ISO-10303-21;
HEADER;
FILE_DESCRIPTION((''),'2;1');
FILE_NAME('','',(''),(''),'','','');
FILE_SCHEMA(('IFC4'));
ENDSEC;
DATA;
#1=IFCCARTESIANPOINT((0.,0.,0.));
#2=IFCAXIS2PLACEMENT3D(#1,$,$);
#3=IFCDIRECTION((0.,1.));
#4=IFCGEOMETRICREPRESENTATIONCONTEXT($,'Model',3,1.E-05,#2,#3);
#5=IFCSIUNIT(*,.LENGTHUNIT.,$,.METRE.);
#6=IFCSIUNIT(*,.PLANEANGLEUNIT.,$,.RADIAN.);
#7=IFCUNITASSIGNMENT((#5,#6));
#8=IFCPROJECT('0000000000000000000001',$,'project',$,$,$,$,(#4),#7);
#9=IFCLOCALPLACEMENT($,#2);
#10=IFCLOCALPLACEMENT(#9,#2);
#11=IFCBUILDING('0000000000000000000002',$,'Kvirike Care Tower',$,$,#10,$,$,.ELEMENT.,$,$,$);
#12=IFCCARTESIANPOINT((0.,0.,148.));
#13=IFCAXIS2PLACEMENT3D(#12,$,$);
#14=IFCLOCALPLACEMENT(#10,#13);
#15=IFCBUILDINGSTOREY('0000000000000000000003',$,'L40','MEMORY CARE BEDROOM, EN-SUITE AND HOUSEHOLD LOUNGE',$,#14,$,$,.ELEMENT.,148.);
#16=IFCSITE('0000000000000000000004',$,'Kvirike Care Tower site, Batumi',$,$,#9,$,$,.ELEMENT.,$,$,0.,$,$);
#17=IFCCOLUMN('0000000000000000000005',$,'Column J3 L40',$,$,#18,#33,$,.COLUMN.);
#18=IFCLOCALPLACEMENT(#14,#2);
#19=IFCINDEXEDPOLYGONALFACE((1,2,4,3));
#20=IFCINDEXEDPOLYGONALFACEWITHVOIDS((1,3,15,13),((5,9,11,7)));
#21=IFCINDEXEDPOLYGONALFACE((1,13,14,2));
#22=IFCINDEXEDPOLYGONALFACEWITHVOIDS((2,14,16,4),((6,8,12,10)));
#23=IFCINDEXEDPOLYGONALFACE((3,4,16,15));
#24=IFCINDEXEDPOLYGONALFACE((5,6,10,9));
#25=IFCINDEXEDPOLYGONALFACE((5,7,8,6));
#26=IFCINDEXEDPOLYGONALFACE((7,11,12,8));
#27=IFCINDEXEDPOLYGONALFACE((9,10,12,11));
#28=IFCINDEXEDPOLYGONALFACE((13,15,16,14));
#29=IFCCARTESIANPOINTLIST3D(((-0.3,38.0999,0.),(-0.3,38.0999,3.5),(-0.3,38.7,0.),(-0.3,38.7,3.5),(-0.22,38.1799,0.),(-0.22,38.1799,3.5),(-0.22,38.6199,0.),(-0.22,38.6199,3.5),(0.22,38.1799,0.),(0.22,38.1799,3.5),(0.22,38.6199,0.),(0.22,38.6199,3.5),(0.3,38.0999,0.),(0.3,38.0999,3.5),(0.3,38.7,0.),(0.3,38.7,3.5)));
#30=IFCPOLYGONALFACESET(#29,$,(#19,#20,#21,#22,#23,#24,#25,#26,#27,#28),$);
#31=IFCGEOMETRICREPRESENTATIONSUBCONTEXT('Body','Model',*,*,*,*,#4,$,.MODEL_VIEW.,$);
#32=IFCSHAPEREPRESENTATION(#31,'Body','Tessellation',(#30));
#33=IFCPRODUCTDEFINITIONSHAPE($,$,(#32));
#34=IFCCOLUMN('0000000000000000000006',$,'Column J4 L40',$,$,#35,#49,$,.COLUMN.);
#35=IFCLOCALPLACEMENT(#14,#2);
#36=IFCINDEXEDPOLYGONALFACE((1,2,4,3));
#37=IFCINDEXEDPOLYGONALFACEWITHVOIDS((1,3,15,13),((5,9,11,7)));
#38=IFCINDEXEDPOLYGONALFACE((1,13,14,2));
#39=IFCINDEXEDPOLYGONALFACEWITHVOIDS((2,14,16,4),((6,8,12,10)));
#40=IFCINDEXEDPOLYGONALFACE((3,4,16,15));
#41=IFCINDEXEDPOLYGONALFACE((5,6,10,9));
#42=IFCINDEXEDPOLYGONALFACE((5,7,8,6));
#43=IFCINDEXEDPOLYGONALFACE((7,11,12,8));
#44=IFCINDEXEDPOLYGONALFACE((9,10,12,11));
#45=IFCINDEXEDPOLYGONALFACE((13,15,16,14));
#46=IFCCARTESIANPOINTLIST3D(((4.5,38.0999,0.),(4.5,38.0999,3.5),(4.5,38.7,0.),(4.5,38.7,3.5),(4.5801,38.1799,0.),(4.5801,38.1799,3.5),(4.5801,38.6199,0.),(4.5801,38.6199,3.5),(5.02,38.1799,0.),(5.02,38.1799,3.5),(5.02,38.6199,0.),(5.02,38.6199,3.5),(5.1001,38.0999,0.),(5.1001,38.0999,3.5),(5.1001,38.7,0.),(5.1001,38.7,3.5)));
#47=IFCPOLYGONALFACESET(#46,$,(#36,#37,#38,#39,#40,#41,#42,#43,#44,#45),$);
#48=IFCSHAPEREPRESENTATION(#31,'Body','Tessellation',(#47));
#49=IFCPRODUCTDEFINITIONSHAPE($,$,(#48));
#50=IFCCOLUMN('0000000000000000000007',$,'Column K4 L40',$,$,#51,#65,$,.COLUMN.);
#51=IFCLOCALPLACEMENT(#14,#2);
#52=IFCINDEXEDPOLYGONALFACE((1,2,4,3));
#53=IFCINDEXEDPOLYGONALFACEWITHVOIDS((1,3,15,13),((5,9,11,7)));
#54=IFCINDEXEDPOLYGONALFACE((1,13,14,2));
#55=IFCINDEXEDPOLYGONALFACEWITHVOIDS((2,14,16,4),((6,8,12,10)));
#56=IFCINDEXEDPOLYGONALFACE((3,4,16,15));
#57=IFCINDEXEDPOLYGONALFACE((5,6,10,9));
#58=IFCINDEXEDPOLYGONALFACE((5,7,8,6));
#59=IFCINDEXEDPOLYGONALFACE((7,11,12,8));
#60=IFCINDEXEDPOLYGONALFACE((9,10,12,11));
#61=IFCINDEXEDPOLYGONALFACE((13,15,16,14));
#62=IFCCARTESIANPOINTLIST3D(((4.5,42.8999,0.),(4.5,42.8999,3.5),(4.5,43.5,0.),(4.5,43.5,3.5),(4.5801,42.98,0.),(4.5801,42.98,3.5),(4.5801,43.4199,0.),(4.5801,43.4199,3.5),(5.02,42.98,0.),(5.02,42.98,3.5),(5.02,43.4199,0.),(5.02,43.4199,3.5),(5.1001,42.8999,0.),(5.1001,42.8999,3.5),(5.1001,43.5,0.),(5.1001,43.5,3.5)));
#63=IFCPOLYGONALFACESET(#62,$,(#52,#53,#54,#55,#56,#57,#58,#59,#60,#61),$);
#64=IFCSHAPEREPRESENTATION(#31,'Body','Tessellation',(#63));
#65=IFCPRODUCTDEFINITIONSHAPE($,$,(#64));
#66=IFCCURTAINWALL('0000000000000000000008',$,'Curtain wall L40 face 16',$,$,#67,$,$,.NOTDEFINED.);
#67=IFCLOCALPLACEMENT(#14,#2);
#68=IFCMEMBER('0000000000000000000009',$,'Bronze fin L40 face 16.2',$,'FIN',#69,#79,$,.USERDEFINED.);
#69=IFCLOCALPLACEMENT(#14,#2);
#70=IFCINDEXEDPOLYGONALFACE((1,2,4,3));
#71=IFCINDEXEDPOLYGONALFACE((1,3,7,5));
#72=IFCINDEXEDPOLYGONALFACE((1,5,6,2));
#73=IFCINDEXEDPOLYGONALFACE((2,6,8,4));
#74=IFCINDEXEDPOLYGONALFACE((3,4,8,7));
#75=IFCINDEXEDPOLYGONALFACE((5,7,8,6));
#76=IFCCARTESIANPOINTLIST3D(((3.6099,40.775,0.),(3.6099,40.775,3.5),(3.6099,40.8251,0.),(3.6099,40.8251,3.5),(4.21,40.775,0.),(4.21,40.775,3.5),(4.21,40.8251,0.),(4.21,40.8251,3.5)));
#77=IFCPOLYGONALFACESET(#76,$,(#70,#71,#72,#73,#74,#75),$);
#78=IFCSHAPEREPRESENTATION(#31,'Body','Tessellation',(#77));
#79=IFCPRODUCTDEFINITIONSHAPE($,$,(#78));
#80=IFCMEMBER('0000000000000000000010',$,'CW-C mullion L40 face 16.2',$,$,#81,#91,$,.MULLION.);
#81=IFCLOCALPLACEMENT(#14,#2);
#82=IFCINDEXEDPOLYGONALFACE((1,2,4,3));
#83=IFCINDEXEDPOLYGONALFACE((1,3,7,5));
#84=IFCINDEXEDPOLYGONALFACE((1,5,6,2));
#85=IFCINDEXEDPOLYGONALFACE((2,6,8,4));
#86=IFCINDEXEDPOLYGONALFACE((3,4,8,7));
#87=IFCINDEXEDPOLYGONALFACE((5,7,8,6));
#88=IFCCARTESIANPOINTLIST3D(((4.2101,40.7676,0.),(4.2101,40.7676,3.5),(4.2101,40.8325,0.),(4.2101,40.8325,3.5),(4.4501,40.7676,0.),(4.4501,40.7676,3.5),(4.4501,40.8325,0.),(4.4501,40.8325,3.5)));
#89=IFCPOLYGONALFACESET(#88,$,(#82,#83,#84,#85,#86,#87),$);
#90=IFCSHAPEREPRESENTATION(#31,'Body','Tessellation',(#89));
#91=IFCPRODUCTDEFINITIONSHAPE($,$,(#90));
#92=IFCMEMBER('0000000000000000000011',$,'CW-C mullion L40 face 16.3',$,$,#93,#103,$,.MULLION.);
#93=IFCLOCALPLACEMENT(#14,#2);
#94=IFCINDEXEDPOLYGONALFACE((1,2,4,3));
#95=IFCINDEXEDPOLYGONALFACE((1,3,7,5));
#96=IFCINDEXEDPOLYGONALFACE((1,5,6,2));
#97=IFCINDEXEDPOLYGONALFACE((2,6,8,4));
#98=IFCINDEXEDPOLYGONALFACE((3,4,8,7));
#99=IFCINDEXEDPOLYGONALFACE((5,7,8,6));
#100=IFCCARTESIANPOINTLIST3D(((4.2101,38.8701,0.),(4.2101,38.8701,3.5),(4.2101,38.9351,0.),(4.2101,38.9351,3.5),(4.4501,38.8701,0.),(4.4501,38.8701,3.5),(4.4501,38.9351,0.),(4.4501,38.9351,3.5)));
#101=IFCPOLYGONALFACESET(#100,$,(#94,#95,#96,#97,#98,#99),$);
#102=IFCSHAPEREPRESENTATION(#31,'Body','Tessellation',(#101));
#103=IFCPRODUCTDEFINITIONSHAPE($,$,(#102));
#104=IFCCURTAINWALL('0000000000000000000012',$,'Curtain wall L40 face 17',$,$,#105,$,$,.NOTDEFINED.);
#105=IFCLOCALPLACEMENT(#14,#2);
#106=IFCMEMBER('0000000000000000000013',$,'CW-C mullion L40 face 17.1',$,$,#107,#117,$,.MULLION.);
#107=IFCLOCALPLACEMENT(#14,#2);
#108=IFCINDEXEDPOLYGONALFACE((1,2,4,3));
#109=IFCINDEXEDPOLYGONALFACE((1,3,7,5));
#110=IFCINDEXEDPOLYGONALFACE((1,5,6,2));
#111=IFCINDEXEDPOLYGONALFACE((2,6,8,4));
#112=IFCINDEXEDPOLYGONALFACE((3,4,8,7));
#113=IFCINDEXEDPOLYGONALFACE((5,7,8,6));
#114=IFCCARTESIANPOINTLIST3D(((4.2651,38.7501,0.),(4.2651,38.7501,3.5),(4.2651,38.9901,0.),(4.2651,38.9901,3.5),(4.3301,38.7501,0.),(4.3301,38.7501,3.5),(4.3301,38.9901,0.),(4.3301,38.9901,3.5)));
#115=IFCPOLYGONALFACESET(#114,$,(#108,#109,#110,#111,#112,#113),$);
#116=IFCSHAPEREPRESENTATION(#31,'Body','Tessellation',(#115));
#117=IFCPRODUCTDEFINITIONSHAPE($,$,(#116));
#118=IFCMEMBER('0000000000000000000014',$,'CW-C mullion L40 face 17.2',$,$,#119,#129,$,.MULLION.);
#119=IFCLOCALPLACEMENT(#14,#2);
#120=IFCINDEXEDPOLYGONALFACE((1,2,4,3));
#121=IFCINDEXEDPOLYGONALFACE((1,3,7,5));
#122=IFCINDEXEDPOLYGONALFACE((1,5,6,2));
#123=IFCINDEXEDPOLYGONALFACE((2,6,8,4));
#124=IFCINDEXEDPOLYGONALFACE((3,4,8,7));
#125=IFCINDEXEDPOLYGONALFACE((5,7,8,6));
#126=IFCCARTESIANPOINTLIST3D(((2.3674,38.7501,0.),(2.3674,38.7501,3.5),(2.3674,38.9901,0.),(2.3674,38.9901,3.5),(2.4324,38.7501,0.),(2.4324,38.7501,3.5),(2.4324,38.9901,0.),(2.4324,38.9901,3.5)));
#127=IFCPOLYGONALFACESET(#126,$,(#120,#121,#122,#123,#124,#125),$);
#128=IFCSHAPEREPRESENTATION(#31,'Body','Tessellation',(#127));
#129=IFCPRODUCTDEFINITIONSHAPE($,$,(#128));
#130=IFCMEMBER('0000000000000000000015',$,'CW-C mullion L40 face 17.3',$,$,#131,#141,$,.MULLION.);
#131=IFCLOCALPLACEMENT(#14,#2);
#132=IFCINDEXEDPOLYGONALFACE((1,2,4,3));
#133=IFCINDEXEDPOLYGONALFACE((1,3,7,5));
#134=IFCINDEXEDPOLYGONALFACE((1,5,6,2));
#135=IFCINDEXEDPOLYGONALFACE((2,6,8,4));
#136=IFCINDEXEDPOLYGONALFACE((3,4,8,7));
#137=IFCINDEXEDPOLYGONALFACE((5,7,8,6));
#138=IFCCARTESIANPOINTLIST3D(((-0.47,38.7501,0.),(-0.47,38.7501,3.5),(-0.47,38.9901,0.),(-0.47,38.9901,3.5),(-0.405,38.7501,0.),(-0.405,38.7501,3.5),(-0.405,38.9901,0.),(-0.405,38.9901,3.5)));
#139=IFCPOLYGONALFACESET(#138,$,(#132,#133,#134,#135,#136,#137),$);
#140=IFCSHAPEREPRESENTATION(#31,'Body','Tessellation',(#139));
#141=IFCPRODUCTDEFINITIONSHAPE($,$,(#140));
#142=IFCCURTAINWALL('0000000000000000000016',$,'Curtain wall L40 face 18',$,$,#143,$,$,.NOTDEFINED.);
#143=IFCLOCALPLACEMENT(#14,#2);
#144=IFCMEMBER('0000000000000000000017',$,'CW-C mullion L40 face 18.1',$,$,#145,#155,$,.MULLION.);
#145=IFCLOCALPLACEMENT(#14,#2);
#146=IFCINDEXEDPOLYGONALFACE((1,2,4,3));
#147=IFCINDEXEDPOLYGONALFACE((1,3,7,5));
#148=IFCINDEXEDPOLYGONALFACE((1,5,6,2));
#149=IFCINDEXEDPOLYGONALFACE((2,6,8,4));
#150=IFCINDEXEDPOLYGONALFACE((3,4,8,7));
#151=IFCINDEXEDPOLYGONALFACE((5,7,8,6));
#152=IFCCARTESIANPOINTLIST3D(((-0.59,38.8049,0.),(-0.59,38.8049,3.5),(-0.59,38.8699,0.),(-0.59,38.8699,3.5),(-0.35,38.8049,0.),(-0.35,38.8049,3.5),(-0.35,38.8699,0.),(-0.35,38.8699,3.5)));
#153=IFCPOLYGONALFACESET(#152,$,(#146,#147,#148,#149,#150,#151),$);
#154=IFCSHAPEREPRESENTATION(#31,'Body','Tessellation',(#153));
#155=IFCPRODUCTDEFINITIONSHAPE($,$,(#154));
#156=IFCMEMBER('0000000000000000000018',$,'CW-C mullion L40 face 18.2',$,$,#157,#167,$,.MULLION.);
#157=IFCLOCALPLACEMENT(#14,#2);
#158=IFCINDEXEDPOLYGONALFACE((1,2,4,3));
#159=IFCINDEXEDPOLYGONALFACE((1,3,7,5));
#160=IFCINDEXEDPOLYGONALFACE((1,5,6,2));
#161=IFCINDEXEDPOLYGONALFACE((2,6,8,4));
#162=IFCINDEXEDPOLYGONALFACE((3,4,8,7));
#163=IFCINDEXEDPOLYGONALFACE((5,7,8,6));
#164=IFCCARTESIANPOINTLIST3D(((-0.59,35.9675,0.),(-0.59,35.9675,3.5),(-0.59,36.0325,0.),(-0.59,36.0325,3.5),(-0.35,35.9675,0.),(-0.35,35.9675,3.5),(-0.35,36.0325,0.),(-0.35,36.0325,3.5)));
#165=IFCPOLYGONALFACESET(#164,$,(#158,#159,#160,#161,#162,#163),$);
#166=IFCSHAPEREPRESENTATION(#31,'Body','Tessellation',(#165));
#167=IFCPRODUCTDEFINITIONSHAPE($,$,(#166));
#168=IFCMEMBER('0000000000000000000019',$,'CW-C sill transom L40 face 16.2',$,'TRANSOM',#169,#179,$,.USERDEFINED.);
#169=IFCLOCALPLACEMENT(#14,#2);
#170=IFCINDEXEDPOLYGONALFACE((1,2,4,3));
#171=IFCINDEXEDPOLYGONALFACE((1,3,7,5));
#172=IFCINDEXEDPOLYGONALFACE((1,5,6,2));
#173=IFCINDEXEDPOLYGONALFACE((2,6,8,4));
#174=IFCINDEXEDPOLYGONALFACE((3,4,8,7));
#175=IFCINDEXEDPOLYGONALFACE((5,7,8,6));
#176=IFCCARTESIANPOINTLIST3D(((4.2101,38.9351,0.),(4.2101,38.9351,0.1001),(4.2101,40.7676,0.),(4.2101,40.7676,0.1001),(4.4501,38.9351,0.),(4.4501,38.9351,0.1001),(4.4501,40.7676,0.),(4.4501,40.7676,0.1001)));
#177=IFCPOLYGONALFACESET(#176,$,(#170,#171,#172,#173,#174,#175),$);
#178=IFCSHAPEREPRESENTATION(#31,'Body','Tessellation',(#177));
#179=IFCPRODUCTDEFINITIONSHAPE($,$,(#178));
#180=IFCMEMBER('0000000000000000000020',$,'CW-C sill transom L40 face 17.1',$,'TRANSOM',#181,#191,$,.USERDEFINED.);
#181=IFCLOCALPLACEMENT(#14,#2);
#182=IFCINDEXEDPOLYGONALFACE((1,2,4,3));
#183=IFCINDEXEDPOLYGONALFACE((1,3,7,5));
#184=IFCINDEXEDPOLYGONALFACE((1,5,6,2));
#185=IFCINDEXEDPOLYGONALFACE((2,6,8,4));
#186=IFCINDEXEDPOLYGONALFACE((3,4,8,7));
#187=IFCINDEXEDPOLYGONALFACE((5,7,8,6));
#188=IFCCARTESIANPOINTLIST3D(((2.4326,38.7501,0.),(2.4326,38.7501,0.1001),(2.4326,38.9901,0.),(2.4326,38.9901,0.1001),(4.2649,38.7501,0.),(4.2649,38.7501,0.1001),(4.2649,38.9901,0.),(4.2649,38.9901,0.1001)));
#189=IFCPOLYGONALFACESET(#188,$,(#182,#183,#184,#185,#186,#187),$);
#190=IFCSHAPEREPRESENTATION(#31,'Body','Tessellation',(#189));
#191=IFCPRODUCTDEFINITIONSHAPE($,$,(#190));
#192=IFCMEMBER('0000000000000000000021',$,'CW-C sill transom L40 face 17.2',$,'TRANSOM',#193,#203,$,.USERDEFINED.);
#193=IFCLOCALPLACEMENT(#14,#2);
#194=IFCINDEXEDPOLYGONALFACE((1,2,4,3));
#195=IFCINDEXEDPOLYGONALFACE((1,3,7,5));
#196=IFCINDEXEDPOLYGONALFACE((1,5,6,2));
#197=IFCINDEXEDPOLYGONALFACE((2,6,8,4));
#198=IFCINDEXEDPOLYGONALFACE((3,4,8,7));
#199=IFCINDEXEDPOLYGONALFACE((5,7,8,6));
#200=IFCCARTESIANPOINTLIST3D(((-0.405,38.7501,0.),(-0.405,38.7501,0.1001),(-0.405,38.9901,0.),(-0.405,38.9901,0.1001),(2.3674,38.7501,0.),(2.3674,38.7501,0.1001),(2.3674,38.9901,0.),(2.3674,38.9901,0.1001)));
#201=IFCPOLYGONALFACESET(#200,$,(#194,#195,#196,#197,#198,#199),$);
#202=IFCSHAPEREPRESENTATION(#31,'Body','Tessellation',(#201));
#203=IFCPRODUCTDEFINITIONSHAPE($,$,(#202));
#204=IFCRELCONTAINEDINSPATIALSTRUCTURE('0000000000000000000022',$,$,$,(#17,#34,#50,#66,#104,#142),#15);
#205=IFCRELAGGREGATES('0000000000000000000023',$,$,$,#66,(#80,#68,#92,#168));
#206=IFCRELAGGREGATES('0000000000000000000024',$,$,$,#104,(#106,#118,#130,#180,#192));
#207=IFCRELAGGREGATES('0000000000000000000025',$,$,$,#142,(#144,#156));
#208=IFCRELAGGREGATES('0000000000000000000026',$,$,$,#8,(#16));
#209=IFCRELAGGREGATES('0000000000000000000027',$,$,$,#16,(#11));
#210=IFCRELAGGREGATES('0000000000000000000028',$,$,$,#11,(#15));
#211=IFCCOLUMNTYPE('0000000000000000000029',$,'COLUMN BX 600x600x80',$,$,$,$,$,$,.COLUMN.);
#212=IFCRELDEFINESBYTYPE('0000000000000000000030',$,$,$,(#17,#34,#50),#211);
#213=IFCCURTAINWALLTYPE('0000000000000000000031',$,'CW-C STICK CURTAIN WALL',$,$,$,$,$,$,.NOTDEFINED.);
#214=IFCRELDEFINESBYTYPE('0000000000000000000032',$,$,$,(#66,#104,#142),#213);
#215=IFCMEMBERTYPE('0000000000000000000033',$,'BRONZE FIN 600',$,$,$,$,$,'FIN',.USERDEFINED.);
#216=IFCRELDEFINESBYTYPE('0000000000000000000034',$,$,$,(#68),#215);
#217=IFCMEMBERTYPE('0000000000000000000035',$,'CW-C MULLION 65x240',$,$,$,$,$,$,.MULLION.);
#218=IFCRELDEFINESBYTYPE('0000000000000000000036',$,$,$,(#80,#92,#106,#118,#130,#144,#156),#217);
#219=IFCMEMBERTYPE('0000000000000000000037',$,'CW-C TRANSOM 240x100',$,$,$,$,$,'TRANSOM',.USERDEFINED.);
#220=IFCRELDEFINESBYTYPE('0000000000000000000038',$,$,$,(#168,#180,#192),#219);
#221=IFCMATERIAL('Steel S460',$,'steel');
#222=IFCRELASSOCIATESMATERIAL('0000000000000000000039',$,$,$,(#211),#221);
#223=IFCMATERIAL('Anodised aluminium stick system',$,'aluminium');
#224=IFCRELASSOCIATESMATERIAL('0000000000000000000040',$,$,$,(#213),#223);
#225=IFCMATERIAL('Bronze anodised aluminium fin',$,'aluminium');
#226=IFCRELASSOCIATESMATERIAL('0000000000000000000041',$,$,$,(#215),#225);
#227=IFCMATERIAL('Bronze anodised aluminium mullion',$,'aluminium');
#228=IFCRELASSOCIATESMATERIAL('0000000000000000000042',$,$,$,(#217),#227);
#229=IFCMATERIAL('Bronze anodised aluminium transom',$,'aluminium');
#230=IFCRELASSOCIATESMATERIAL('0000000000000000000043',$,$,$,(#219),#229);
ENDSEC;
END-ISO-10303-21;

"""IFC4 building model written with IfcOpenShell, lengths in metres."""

from ifc_helpers import new_model, si_unit, direction, frame, origin, origin_2d, place, context, subcontext, project, spatial, rectangle, hollow_rectangle, extrude, material, material_profile, profile_set, type_object, element, aggregate, save


model = new_model("IFC4")

# Units and contexts
model_context = context("Model", 3, precision=1e-05, world=origin(), true_north=direction((0.0, 1.0)))
body_context = subcontext(model_context, "Body", "Model", "MODEL_VIEW")
ifc_project = project(units=[si_unit("LENGTHUNIT", "METRE"), si_unit("PLANEANGLEUNIT", "RADIAN")], contexts=[model_context])

# Site, building, storey
site_placement = place(None, origin())
site = spatial("IfcSite", under=ifc_project, at=site_placement, Name="Kvirike Care Tower site, Batumi", CompositionType="ELEMENT", RefElevation=0.0)
building_placement = place(site_placement, origin())
building = spatial("IfcBuilding", under=site, at=building_placement, Name="Kvirike Care Tower", CompositionType="ELEMENT")
storey_placement = place(building_placement, frame((0.0, 0.0, 148.0)))
storey = spatial("IfcBuildingStorey", under=building, at=storey_placement, Name="L40", Description="MEMORY CARE BEDROOM, EN-SUITE AND HOUSEHOLD LOUNGE", CompositionType="ELEMENT", Elevation=148.0)

# Columns
ifc_material_1 = material(Name="Steel S460", Category="steel")
ifc_material_profile_1 = material_profile(ifc_material_1, hollow_rectangle(XDim=0.6001, YDim=0.6001, WallThickness=0.0801, at=origin_2d()), Name="BX 600x600x80")
ifc_profile_set_1 = profile_set([ifc_material_profile_1], Name="Steel S460")
column_type = type_object("IfcColumnType", Name="COLUMN BX 600x600x80", PredefinedType="COLUMN", material=ifc_profile_set_1)
for number, where, z_axis, x_axis, name in (
    (1, (0.0, 38.3999, 0.0), (0.0, 0.0, 1.0), (0.0, 1.0, 0.0), "Column J3 L40"),
    (2, (4.8, 38.3999, 0.0), (0.0, 0.0, 1.0), (0.0, 1.0, 0.0), "Column J4 L40"),
    (3, (4.8, 43.2, 0.0), (0.0, 0.0, 1.0), (0.0, 1.0, 0.0), "Column K4 L40"),
):
    element("IfcColumn", number, at=place(storey_placement, frame(where, z_axis=z_axis, x_axis=x_axis)), inside=storey, type_object=column_type, Name=name, PredefinedType="COLUMN", context=body_context, shape_type="SweptSolid", body=[
        extrude(hollow_rectangle(XDim=0.6001, YDim=0.6001, WallThickness=0.0801, at=origin_2d()), origin(), (0.0, 0.0, 1.0), 3.5),
    ])

# Curtain walls, members
ifc_material_2 = material(Name="Anodised aluminium stick system", Category="aluminium")
curtain_wall_type = type_object("IfcCurtainWallType", Name="CW-C STICK CURTAIN WALL", PredefinedType="NOTDEFINED", material=ifc_material_2)
curtain_wall_1_placement = place(storey_placement, origin())
curtain_wall_1 = element("IfcCurtainWall", 4, at=curtain_wall_1_placement, inside=storey, type_object=curtain_wall_type, Name="Curtain wall L40 face 16", PredefinedType="NOTDEFINED")
ifc_material_3 = material(Name="Bronze anodised aluminium fin", Category="aluminium")
ifc_material_profile_2 = material_profile(ifc_material_3, rectangle(XDim=0.05, YDim=0.6001, at=origin_2d()), Name="BRONZE FIN 600")
ifc_profile_set_2 = profile_set([ifc_material_profile_2], Name="Bronze anodised aluminium fin")
member_type_1 = type_object("IfcMemberType", Name="BRONZE FIN 600", ElementType="FIN", PredefinedType="USERDEFINED", material=ifc_profile_set_2)
member_1_placement = place(storey_placement, frame((3.9099, 40.8, 0.0), z_axis=(0.0, 0.0, 1.0), x_axis=(0.0, -1.0, 0.0)))
member_1 = element("IfcMember", 5, at=member_1_placement, type_object=member_type_1, Name="Bronze fin L40 face 16.2", ObjectType="FIN", PredefinedType="USERDEFINED", context=body_context, shape_type="SweptSolid", body=[
    extrude(rectangle(XDim=0.05, YDim=0.6001, at=origin_2d()), origin(), (0.0, 0.0, 1.0), 3.5),
])
ifc_material_4 = material(Name="Bronze anodised aluminium mullion", Category="aluminium")
ifc_material_profile_3 = material_profile(ifc_material_4, rectangle(XDim=0.0649, YDim=0.24, at=origin_2d()), Name="CW-C MULLION 65x240")
ifc_profile_set_3 = profile_set([ifc_material_profile_3], Name="Bronze anodised aluminium mullion")
member_type_2 = type_object("IfcMemberType", Name="CW-C MULLION 65x240", PredefinedType="MULLION", material=ifc_profile_set_3)
member_2_placement = place(storey_placement, frame((4.3301, 40.8, 0.0), z_axis=(0.0, 0.0, 1.0), x_axis=(0.0, -1.0, 0.0)))
member_2 = element("IfcMember", 6, at=member_2_placement, type_object=member_type_2, Name="CW-C mullion L40 face 16.2", PredefinedType="MULLION", context=body_context, shape_type="SweptSolid", body=[
    extrude(rectangle(XDim=0.0649, YDim=0.24, at=origin_2d()), origin(), (0.0, 0.0, 1.0), 3.5),
])
member_3_placement = place(storey_placement, frame((4.3301, 38.9026, 0.0), z_axis=(0.0, 0.0, 1.0), x_axis=(0.0, -1.0, 0.0)))
member_3 = element("IfcMember", 7, at=member_3_placement, type_object=member_type_2, Name="CW-C mullion L40 face 16.3", PredefinedType="MULLION", context=body_context, shape_type="SweptSolid", body=[
    extrude(rectangle(XDim=0.0649, YDim=0.24, at=origin_2d()), origin(), (0.0, 0.0, 1.0), 3.5),
])
curtain_wall_2_placement = place(storey_placement, origin())
curtain_wall_2 = element("IfcCurtainWall", 8, at=curtain_wall_2_placement, inside=storey, type_object=curtain_wall_type, Name="Curtain wall L40 face 17", PredefinedType="NOTDEFINED")
member_4_placement = place(storey_placement, frame((4.2976, 38.8701, 0.0), z_axis=(0.0, 0.0, 1.0), x_axis=(-1.0, 0.0, 0.0)))
member_4 = element("IfcMember", 9, at=member_4_placement, type_object=member_type_2, Name="CW-C mullion L40 face 17.1", PredefinedType="MULLION", context=body_context, shape_type="SweptSolid", body=[
    extrude(rectangle(XDim=0.0649, YDim=0.24, at=origin_2d()), origin(), (0.0, 0.0, 1.0), 3.5),
])
member_5_placement = place(storey_placement, frame((2.3999, 38.8701, 0.0), z_axis=(0.0, 0.0, 1.0), x_axis=(-1.0, 0.0, 0.0)))
member_5 = element("IfcMember", 10, at=member_5_placement, type_object=member_type_2, Name="CW-C mullion L40 face 17.2", PredefinedType="MULLION", context=body_context, shape_type="SweptSolid", body=[
    extrude(rectangle(XDim=0.0649, YDim=0.24, at=origin_2d()), origin(), (0.0, 0.0, 1.0), 3.5),
])
member_6_placement = place(storey_placement, frame((-0.4375, 38.8701, 0.0), z_axis=(0.0, 0.0, 1.0), x_axis=(-1.0, 0.0, 0.0)))
member_6 = element("IfcMember", 11, at=member_6_placement, type_object=member_type_2, Name="CW-C mullion L40 face 17.3", PredefinedType="MULLION", context=body_context, shape_type="SweptSolid", body=[
    extrude(rectangle(XDim=0.0649, YDim=0.24, at=origin_2d()), origin(), (0.0, 0.0, 1.0), 3.5),
])
curtain_wall_3_placement = place(storey_placement, origin())
curtain_wall_3 = element("IfcCurtainWall", 12, at=curtain_wall_3_placement, inside=storey, type_object=curtain_wall_type, Name="Curtain wall L40 face 18", PredefinedType="NOTDEFINED")
member_7_placement = place(storey_placement, frame((-0.47, 38.8374, 0.0), z_axis=(0.0, 0.0, 1.0), x_axis=(0.0, -1.0, 0.0)))
member_7 = element("IfcMember", 13, at=member_7_placement, type_object=member_type_2, Name="CW-C mullion L40 face 18.1", PredefinedType="MULLION", context=body_context, shape_type="SweptSolid", body=[
    extrude(rectangle(XDim=0.0649, YDim=0.24, at=origin_2d()), origin(), (0.0, 0.0, 1.0), 3.5),
])
member_8_placement = place(storey_placement, frame((-0.47, 36.0, 0.0), z_axis=(0.0, 0.0, 1.0), x_axis=(0.0, -1.0, 0.0)))
member_8 = element("IfcMember", 14, at=member_8_placement, type_object=member_type_2, Name="CW-C mullion L40 face 18.2", PredefinedType="MULLION", context=body_context, shape_type="SweptSolid", body=[
    extrude(rectangle(XDim=0.0649, YDim=0.24, at=origin_2d()), origin(), (0.0, 0.0, 1.0), 3.5),
])

# Members
ifc_material_5 = material(Name="Bronze anodised aluminium transom", Category="aluminium")
ifc_material_profile_4 = material_profile(ifc_material_5, rectangle(XDim=0.24, YDim=0.1001, at=origin_2d()), Name="CW-C TRANSOM 240x100")
ifc_profile_set_4 = profile_set([ifc_material_profile_4], Name="Bronze anodised aluminium transom")
member_type_3 = type_object("IfcMemberType", Name="CW-C TRANSOM 240x100", ElementType="TRANSOM", PredefinedType="USERDEFINED", material=ifc_profile_set_4)
member_9_placement = place(storey_placement, frame((4.3301, 40.7676, 0.05), z_axis=(0.0, -1.0, 0.0), x_axis=(1.0, 0.0, 0.0)))
member_9 = element("IfcMember", 15, at=member_9_placement, type_object=member_type_3, Name="CW-C sill transom L40 face 16.2", ObjectType="TRANSOM", PredefinedType="USERDEFINED", context=body_context, shape_type="SweptSolid", body=[
    extrude(rectangle(XDim=0.24, YDim=0.1001, at=origin_2d()), origin(), (0.0, 0.0, 1.0), 1.8325),
])
member_10_placement = place(storey_placement, frame((4.2649, 38.8701, 0.05), z_axis=(-1.0, 0.0, 0.0), x_axis=(0.0, -1.0, 0.0)))
member_10 = element("IfcMember", 16, at=member_10_placement, type_object=member_type_3, Name="CW-C sill transom L40 face 17.1", ObjectType="TRANSOM", PredefinedType="USERDEFINED", context=body_context, shape_type="SweptSolid", body=[
    extrude(rectangle(XDim=0.24, YDim=0.1001, at=origin_2d()), origin(), (0.0, 0.0, 1.0), 1.8323),
])
member_11_placement = place(storey_placement, frame((2.3674, 38.8701, 0.05), z_axis=(-1.0, 0.0, 0.0), x_axis=(0.0, -1.0, 0.0)))
member_11 = element("IfcMember", 17, at=member_11_placement, type_object=member_type_3, Name="CW-C sill transom L40 face 17.2", ObjectType="TRANSOM", PredefinedType="USERDEFINED", context=body_context, shape_type="SweptSolid", body=[
    extrude(rectangle(XDim=0.24, YDim=0.1001, at=origin_2d()), origin(), (0.0, 0.0, 1.0), 2.7725),
])

aggregate(curtain_wall_1, [member_2, member_1, member_3, member_9])
aggregate(curtain_wall_2, [member_4, member_5, member_6, member_10, member_11])
aggregate(curtain_wall_3, [member_7, member_8])

save(model, "model.ifc")
